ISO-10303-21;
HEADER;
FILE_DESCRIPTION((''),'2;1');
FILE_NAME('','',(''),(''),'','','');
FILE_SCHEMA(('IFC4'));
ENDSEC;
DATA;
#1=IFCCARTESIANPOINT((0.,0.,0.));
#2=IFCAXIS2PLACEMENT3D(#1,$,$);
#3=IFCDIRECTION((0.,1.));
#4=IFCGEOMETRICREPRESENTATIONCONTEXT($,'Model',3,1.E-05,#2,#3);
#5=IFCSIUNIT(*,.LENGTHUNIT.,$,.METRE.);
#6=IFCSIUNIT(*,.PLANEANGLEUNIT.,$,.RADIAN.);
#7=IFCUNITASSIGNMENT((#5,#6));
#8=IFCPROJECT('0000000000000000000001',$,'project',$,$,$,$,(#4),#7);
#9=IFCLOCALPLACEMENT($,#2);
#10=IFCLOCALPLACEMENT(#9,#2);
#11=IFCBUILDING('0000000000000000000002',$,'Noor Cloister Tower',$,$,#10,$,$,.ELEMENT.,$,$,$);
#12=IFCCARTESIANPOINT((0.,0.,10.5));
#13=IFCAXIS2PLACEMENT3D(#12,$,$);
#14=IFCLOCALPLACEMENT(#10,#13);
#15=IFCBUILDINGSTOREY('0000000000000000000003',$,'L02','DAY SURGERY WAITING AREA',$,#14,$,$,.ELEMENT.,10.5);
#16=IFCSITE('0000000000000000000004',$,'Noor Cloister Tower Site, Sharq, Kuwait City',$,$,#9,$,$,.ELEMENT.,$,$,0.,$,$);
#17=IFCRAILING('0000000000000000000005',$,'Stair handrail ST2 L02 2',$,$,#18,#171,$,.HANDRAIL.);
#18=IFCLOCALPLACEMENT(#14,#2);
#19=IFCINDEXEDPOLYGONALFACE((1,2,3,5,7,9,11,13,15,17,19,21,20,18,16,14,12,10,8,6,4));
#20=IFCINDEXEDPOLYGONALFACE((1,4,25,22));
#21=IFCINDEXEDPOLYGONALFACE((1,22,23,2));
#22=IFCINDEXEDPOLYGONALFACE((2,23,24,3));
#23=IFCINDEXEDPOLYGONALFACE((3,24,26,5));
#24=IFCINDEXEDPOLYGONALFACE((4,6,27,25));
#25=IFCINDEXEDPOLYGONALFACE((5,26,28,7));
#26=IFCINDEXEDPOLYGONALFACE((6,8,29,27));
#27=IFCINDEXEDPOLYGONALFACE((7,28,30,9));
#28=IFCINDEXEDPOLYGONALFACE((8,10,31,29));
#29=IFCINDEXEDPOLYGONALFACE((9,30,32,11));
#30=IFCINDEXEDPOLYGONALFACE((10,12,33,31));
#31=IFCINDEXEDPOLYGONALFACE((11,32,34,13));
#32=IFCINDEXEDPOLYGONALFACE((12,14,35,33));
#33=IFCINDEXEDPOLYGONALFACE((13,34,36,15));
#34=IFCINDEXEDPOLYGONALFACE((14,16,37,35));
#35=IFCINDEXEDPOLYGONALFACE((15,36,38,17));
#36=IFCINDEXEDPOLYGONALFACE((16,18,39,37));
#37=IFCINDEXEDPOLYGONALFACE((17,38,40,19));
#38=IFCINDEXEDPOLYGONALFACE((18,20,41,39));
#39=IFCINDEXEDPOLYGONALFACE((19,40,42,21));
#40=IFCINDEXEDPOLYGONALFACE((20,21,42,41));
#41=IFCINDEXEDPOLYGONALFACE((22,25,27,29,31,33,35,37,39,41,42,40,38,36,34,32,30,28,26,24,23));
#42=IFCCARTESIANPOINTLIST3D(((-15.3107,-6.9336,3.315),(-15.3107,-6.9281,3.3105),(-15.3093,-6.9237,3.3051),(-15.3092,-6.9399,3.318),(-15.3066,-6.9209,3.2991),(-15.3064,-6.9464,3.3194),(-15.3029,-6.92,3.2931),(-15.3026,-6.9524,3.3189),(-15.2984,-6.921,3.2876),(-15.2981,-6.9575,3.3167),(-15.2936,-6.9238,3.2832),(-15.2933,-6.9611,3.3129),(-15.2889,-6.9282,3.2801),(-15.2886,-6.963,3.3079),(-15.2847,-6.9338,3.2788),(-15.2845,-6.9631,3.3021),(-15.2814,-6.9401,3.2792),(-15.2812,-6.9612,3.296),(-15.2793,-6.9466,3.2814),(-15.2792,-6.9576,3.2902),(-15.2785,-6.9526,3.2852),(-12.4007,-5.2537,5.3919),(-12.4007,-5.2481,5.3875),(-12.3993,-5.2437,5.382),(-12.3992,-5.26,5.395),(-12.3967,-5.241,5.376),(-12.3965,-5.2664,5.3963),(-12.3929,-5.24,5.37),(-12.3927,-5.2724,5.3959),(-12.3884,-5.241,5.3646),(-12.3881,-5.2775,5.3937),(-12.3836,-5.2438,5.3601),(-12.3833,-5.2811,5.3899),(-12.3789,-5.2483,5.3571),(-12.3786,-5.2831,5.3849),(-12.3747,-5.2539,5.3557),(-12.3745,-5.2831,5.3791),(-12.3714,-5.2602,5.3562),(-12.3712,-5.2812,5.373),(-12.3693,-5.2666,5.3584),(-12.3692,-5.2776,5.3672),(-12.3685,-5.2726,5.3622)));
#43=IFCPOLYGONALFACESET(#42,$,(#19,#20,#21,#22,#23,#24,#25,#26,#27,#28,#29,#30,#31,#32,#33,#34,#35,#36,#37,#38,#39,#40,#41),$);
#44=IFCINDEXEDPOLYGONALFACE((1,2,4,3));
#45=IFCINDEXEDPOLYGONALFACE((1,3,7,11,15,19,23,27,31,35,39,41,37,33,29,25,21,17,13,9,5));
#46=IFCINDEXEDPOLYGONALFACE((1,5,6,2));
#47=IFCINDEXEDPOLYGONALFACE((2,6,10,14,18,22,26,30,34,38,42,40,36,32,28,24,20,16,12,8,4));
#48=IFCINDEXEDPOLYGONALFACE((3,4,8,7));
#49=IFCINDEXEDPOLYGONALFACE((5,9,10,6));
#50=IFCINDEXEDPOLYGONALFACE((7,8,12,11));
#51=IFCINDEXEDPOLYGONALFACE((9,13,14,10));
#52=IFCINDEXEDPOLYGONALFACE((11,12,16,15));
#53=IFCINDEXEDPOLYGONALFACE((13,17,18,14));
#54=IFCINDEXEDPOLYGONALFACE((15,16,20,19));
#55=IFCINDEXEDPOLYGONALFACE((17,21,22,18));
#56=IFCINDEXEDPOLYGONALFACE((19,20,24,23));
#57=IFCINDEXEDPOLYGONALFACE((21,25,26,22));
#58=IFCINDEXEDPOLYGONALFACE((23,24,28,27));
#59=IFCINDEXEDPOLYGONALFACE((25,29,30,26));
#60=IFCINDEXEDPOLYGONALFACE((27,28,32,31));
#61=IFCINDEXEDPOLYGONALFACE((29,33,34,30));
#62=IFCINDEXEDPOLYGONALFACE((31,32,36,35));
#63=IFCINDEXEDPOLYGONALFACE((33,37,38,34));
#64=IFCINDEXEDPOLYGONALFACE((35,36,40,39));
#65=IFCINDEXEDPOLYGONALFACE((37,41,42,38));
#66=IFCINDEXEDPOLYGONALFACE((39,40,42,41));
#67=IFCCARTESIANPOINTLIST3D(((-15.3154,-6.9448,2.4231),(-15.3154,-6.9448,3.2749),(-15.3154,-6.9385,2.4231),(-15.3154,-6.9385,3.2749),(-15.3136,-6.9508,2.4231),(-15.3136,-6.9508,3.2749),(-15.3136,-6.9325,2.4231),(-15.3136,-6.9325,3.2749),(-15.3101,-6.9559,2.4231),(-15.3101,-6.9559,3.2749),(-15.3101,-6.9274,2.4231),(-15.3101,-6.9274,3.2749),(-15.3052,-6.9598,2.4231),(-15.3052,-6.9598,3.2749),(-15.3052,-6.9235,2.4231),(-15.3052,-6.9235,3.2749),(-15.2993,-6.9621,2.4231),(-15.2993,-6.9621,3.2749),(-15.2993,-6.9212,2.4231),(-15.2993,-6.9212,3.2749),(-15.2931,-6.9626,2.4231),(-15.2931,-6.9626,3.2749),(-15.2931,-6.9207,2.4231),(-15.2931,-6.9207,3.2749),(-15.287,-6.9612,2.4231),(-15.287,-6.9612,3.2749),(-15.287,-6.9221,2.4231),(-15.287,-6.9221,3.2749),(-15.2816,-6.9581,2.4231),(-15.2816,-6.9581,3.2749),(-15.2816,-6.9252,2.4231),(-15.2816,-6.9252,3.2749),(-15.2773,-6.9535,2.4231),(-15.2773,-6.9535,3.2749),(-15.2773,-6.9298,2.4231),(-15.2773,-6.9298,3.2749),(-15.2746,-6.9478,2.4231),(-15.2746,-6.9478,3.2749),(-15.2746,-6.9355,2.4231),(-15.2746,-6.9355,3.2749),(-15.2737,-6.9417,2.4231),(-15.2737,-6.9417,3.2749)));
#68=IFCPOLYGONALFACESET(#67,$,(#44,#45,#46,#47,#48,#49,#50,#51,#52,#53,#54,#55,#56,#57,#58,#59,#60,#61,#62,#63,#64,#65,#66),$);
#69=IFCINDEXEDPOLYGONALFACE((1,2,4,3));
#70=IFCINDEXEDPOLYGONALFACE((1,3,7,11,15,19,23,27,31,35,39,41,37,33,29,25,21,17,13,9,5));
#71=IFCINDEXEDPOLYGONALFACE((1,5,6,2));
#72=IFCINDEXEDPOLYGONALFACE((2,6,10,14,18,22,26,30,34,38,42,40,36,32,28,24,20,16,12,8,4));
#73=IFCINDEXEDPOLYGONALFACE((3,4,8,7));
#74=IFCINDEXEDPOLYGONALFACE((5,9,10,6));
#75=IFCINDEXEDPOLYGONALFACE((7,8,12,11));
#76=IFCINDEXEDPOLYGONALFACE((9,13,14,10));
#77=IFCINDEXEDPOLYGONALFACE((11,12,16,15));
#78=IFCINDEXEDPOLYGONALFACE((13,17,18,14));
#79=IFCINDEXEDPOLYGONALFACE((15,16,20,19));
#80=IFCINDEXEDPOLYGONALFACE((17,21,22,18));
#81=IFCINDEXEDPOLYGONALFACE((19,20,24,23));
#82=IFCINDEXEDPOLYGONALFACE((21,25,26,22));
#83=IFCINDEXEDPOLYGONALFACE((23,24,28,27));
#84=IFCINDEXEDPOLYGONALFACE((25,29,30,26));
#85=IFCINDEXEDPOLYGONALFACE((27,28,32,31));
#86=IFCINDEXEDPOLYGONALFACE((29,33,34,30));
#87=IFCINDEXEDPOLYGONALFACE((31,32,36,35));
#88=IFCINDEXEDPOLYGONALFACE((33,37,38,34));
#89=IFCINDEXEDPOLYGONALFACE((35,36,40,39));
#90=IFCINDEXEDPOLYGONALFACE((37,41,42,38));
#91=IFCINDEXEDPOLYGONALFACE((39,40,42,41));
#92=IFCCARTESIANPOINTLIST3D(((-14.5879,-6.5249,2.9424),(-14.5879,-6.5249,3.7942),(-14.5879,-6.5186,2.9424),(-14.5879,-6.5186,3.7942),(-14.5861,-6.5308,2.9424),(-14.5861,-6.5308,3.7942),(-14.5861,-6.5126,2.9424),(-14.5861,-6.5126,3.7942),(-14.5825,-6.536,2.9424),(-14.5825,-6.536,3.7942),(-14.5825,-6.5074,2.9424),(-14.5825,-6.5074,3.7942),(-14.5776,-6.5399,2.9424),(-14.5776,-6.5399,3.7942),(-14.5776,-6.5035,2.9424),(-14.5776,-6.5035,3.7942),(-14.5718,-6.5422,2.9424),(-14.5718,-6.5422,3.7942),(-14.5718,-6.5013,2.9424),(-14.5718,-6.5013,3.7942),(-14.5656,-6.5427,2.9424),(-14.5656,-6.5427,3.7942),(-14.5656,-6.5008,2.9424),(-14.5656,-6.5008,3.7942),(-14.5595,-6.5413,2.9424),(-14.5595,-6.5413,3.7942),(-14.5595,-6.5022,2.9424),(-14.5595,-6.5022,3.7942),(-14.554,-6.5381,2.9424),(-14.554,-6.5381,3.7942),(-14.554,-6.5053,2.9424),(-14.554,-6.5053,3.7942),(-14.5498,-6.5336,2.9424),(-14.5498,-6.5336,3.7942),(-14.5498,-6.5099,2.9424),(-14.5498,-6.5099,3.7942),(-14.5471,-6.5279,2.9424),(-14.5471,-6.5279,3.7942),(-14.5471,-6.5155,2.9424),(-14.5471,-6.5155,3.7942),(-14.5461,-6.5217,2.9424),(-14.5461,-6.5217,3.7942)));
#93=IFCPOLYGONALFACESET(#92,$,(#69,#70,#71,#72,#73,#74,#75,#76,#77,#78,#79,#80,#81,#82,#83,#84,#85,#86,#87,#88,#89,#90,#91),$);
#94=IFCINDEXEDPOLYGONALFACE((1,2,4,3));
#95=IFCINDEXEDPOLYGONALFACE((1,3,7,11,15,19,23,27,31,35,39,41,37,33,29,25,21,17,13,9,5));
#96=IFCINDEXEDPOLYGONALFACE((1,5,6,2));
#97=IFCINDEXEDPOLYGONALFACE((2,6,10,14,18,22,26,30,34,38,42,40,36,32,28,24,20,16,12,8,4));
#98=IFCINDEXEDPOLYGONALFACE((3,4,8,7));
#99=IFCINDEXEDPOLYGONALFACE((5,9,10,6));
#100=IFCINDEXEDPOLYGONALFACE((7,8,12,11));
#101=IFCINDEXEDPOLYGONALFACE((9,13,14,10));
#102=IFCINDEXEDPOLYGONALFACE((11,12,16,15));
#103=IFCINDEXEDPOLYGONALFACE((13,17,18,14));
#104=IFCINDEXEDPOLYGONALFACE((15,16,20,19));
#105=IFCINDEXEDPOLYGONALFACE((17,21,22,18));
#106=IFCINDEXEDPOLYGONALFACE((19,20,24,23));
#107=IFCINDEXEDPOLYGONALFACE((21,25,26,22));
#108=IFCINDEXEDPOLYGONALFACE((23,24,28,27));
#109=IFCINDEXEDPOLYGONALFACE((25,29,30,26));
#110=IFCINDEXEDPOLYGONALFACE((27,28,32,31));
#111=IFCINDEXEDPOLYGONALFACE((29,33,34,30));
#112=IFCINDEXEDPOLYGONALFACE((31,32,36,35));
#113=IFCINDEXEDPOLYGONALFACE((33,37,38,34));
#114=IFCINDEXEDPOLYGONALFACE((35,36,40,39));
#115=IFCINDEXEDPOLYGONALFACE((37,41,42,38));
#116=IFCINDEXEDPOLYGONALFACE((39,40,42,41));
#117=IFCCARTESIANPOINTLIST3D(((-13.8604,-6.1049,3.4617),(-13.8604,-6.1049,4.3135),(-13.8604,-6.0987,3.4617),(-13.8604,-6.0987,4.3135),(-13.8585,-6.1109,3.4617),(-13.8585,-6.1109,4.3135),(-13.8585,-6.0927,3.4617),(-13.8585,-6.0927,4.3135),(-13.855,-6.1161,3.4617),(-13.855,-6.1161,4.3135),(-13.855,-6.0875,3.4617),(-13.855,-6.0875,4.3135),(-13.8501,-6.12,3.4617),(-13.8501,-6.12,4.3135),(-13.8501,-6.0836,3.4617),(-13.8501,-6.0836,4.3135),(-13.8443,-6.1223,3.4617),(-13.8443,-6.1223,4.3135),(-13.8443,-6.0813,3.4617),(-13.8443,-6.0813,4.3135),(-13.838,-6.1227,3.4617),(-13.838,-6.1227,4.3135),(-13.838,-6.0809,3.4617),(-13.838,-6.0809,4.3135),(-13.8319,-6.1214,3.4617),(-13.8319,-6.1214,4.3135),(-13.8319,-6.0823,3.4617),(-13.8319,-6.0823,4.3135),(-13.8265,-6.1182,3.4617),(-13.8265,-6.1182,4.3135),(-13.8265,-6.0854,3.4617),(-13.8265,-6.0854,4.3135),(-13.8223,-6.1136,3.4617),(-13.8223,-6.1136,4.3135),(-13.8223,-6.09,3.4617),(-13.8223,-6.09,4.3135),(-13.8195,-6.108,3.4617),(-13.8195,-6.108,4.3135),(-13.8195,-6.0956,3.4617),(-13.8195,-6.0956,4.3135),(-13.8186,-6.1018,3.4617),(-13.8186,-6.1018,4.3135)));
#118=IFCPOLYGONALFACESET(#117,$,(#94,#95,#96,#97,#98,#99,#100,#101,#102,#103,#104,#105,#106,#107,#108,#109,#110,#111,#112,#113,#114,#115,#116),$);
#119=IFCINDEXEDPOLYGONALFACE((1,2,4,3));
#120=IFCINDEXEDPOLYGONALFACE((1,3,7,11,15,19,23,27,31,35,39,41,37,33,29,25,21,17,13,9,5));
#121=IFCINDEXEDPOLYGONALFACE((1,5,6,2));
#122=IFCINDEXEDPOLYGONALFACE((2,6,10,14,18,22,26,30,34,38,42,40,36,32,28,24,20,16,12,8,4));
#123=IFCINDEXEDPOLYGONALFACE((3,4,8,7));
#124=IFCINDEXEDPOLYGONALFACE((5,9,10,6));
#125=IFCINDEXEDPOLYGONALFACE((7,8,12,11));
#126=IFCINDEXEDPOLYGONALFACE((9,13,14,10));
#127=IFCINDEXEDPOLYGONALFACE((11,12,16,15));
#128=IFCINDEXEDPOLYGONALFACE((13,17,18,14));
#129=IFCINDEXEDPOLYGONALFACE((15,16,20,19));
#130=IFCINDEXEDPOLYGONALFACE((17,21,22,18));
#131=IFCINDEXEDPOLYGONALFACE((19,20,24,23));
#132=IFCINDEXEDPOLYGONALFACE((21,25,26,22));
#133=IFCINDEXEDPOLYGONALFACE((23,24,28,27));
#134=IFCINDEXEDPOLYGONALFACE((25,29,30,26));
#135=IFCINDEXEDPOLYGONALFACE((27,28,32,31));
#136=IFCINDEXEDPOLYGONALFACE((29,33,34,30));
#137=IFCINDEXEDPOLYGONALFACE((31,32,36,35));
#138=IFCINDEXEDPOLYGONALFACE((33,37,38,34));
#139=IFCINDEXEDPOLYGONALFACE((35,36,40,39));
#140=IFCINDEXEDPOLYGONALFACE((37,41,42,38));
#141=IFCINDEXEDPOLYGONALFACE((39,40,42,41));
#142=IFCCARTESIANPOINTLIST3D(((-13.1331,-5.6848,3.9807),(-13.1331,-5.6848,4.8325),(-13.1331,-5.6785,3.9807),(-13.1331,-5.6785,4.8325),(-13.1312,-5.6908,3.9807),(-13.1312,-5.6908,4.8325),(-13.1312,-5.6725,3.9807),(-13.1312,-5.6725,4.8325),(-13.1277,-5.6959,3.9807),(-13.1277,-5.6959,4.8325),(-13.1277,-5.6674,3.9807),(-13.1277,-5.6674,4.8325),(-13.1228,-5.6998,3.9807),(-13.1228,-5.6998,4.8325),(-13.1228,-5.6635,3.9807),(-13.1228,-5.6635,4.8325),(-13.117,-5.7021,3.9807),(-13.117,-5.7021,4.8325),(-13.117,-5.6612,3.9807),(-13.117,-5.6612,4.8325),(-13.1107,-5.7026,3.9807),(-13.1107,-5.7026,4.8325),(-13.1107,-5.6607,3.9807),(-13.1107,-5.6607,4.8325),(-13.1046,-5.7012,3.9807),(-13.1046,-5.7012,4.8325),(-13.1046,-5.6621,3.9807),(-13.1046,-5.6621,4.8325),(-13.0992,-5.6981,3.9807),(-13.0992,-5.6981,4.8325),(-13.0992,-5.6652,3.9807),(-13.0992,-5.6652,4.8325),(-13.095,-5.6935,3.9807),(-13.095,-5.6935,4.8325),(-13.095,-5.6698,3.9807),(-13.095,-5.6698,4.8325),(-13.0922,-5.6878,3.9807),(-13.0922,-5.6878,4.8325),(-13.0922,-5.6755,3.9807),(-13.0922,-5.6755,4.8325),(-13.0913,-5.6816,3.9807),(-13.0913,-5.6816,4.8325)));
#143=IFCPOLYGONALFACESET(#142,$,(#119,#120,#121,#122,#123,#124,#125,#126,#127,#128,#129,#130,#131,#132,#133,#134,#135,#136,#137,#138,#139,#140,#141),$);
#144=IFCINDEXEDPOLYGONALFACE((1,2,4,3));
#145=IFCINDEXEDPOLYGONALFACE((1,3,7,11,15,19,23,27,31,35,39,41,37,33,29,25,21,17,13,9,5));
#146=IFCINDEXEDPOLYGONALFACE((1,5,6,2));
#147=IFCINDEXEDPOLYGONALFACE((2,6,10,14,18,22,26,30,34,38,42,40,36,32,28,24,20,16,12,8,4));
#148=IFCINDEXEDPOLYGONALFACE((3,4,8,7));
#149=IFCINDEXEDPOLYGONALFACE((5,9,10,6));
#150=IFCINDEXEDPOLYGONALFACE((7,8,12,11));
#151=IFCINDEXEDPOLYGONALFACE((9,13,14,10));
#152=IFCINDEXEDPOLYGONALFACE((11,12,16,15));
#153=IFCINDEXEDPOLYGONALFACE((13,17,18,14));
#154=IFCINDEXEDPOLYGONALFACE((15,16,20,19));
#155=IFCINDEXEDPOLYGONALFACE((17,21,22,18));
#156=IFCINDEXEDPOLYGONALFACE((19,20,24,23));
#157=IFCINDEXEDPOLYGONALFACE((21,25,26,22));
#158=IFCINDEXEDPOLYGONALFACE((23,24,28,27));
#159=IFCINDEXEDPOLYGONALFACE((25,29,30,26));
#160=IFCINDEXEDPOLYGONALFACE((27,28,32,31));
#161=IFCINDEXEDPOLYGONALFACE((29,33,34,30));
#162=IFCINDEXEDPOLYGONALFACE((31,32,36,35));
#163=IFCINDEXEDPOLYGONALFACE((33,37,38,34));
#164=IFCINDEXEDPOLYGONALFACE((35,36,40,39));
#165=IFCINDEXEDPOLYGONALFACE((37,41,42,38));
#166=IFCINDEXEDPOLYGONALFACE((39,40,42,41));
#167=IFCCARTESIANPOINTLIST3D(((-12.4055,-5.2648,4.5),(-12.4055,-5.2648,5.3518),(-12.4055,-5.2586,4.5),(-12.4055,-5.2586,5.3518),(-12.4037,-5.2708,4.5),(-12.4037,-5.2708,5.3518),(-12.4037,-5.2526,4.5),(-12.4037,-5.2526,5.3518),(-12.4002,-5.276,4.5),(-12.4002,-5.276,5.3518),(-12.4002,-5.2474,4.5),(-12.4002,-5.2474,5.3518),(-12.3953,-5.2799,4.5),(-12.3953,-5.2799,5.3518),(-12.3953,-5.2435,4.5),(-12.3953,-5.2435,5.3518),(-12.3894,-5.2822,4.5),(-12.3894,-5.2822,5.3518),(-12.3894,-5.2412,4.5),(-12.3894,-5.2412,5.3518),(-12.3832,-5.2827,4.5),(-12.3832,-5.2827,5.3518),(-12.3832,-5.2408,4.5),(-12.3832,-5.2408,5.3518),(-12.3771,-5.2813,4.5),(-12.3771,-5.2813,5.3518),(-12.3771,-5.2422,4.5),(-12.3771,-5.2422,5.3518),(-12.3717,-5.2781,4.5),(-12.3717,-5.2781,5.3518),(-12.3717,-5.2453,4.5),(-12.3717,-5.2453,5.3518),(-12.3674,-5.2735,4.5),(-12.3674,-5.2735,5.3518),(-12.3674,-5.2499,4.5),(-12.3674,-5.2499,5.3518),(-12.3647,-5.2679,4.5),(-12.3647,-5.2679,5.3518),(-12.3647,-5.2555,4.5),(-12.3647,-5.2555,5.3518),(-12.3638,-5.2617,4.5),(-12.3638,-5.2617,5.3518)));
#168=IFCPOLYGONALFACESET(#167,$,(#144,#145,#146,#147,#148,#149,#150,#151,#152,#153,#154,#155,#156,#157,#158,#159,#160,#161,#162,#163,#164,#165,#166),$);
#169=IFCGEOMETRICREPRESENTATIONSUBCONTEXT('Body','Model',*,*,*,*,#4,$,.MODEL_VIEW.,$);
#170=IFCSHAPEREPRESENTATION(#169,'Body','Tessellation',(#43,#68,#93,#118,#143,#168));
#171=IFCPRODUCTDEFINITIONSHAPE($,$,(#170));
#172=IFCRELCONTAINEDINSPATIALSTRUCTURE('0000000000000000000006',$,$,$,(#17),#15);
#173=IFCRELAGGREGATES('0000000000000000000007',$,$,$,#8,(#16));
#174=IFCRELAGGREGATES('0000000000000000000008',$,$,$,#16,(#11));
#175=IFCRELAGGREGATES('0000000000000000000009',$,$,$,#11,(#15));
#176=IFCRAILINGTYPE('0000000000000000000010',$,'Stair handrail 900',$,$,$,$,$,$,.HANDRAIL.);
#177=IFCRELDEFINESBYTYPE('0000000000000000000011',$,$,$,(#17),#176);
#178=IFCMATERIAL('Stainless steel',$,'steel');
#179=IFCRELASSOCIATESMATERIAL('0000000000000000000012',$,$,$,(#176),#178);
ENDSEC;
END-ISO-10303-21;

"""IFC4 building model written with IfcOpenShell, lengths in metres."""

from ifc_helpers import new_model, si_unit, direction, frame, origin, origin_2d, place, context, subcontext, project, spatial, circle, extrude, material, type_object, element, save


model = new_model("IFC4")

# Units and contexts
model_context = context("Model", 3, precision=1e-05, world=origin(), true_north=direction((0.0, 1.0)))
body_context = subcontext(model_context, "Body", "Model", "MODEL_VIEW")
ifc_project = project(units=[si_unit("LENGTHUNIT", "METRE"), si_unit("PLANEANGLEUNIT", "RADIAN")], contexts=[model_context])

# Site, building, storey
site_placement = place(None, origin())
site = spatial("IfcSite", under=ifc_project, at=site_placement, Name="Noor Cloister Tower Site, Sharq, Kuwait City", CompositionType="ELEMENT", RefElevation=0.0)
building_placement = place(site_placement, origin())
building = spatial("IfcBuilding", under=site, at=building_placement, Name="Noor Cloister Tower", CompositionType="ELEMENT")
storey_placement = place(building_placement, frame((0.0, 0.0, 10.5)))
storey = spatial("IfcBuildingStorey", under=building, at=storey_placement, Name="L02", Description="DAY SURGERY WAITING AREA", CompositionType="ELEMENT", Elevation=10.5)

# Railing
ifc_material_1 = material(Name="Stainless steel", Category="steel")
railing_type = type_object("IfcRailingType", Name="Stair handrail 900", PredefinedType="HANDRAIL", material=ifc_material_1)
railing_1_placement = place(storey_placement, frame((-15.2947, -6.9417, 2.4231)))
element("IfcRailing", 1, at=railing_1_placement, inside=storey, type_object=railing_type, Name="Stair handrail ST2 L02 2", PredefinedType="HANDRAIL", context=body_context, shape_type="SweptSolid", body=[
    extrude(circle(Radius=0.0239, at=origin_2d()), frame((0.0, 0.0, 0.876), z_axis=(0.736668, 0.425288, 0.525785), x_axis=(-0.499976, 0.866039, 0.0)), (0.0, 0.0, 1.0), 3.9502),
    extrude(circle(Radius=0.021, at=origin_2d()), origin(), (0.0, 0.0, 1.0), 0.8518),
    extrude(circle(Radius=0.021, at=origin_2d()), frame((0.7275, 0.4199, 0.5193)), (0.0, 0.0, 1.0), 0.8518),
    extrude(circle(Radius=0.021, at=origin_2d()), frame((1.4551, 0.8398, 1.0386)), (0.0, 0.0, 1.0), 0.8518),
    extrude(circle(Radius=0.021, at=origin_2d()), frame((2.1824, 1.26, 1.5576)), (0.0, 0.0, 1.0), 0.8518),
    extrude(circle(Radius=0.021, at=origin_2d()), frame((2.9099, 1.6799, 2.0769)), (0.0, 0.0, 1.0), 0.8518),
])

save(model, "model.ifc")
